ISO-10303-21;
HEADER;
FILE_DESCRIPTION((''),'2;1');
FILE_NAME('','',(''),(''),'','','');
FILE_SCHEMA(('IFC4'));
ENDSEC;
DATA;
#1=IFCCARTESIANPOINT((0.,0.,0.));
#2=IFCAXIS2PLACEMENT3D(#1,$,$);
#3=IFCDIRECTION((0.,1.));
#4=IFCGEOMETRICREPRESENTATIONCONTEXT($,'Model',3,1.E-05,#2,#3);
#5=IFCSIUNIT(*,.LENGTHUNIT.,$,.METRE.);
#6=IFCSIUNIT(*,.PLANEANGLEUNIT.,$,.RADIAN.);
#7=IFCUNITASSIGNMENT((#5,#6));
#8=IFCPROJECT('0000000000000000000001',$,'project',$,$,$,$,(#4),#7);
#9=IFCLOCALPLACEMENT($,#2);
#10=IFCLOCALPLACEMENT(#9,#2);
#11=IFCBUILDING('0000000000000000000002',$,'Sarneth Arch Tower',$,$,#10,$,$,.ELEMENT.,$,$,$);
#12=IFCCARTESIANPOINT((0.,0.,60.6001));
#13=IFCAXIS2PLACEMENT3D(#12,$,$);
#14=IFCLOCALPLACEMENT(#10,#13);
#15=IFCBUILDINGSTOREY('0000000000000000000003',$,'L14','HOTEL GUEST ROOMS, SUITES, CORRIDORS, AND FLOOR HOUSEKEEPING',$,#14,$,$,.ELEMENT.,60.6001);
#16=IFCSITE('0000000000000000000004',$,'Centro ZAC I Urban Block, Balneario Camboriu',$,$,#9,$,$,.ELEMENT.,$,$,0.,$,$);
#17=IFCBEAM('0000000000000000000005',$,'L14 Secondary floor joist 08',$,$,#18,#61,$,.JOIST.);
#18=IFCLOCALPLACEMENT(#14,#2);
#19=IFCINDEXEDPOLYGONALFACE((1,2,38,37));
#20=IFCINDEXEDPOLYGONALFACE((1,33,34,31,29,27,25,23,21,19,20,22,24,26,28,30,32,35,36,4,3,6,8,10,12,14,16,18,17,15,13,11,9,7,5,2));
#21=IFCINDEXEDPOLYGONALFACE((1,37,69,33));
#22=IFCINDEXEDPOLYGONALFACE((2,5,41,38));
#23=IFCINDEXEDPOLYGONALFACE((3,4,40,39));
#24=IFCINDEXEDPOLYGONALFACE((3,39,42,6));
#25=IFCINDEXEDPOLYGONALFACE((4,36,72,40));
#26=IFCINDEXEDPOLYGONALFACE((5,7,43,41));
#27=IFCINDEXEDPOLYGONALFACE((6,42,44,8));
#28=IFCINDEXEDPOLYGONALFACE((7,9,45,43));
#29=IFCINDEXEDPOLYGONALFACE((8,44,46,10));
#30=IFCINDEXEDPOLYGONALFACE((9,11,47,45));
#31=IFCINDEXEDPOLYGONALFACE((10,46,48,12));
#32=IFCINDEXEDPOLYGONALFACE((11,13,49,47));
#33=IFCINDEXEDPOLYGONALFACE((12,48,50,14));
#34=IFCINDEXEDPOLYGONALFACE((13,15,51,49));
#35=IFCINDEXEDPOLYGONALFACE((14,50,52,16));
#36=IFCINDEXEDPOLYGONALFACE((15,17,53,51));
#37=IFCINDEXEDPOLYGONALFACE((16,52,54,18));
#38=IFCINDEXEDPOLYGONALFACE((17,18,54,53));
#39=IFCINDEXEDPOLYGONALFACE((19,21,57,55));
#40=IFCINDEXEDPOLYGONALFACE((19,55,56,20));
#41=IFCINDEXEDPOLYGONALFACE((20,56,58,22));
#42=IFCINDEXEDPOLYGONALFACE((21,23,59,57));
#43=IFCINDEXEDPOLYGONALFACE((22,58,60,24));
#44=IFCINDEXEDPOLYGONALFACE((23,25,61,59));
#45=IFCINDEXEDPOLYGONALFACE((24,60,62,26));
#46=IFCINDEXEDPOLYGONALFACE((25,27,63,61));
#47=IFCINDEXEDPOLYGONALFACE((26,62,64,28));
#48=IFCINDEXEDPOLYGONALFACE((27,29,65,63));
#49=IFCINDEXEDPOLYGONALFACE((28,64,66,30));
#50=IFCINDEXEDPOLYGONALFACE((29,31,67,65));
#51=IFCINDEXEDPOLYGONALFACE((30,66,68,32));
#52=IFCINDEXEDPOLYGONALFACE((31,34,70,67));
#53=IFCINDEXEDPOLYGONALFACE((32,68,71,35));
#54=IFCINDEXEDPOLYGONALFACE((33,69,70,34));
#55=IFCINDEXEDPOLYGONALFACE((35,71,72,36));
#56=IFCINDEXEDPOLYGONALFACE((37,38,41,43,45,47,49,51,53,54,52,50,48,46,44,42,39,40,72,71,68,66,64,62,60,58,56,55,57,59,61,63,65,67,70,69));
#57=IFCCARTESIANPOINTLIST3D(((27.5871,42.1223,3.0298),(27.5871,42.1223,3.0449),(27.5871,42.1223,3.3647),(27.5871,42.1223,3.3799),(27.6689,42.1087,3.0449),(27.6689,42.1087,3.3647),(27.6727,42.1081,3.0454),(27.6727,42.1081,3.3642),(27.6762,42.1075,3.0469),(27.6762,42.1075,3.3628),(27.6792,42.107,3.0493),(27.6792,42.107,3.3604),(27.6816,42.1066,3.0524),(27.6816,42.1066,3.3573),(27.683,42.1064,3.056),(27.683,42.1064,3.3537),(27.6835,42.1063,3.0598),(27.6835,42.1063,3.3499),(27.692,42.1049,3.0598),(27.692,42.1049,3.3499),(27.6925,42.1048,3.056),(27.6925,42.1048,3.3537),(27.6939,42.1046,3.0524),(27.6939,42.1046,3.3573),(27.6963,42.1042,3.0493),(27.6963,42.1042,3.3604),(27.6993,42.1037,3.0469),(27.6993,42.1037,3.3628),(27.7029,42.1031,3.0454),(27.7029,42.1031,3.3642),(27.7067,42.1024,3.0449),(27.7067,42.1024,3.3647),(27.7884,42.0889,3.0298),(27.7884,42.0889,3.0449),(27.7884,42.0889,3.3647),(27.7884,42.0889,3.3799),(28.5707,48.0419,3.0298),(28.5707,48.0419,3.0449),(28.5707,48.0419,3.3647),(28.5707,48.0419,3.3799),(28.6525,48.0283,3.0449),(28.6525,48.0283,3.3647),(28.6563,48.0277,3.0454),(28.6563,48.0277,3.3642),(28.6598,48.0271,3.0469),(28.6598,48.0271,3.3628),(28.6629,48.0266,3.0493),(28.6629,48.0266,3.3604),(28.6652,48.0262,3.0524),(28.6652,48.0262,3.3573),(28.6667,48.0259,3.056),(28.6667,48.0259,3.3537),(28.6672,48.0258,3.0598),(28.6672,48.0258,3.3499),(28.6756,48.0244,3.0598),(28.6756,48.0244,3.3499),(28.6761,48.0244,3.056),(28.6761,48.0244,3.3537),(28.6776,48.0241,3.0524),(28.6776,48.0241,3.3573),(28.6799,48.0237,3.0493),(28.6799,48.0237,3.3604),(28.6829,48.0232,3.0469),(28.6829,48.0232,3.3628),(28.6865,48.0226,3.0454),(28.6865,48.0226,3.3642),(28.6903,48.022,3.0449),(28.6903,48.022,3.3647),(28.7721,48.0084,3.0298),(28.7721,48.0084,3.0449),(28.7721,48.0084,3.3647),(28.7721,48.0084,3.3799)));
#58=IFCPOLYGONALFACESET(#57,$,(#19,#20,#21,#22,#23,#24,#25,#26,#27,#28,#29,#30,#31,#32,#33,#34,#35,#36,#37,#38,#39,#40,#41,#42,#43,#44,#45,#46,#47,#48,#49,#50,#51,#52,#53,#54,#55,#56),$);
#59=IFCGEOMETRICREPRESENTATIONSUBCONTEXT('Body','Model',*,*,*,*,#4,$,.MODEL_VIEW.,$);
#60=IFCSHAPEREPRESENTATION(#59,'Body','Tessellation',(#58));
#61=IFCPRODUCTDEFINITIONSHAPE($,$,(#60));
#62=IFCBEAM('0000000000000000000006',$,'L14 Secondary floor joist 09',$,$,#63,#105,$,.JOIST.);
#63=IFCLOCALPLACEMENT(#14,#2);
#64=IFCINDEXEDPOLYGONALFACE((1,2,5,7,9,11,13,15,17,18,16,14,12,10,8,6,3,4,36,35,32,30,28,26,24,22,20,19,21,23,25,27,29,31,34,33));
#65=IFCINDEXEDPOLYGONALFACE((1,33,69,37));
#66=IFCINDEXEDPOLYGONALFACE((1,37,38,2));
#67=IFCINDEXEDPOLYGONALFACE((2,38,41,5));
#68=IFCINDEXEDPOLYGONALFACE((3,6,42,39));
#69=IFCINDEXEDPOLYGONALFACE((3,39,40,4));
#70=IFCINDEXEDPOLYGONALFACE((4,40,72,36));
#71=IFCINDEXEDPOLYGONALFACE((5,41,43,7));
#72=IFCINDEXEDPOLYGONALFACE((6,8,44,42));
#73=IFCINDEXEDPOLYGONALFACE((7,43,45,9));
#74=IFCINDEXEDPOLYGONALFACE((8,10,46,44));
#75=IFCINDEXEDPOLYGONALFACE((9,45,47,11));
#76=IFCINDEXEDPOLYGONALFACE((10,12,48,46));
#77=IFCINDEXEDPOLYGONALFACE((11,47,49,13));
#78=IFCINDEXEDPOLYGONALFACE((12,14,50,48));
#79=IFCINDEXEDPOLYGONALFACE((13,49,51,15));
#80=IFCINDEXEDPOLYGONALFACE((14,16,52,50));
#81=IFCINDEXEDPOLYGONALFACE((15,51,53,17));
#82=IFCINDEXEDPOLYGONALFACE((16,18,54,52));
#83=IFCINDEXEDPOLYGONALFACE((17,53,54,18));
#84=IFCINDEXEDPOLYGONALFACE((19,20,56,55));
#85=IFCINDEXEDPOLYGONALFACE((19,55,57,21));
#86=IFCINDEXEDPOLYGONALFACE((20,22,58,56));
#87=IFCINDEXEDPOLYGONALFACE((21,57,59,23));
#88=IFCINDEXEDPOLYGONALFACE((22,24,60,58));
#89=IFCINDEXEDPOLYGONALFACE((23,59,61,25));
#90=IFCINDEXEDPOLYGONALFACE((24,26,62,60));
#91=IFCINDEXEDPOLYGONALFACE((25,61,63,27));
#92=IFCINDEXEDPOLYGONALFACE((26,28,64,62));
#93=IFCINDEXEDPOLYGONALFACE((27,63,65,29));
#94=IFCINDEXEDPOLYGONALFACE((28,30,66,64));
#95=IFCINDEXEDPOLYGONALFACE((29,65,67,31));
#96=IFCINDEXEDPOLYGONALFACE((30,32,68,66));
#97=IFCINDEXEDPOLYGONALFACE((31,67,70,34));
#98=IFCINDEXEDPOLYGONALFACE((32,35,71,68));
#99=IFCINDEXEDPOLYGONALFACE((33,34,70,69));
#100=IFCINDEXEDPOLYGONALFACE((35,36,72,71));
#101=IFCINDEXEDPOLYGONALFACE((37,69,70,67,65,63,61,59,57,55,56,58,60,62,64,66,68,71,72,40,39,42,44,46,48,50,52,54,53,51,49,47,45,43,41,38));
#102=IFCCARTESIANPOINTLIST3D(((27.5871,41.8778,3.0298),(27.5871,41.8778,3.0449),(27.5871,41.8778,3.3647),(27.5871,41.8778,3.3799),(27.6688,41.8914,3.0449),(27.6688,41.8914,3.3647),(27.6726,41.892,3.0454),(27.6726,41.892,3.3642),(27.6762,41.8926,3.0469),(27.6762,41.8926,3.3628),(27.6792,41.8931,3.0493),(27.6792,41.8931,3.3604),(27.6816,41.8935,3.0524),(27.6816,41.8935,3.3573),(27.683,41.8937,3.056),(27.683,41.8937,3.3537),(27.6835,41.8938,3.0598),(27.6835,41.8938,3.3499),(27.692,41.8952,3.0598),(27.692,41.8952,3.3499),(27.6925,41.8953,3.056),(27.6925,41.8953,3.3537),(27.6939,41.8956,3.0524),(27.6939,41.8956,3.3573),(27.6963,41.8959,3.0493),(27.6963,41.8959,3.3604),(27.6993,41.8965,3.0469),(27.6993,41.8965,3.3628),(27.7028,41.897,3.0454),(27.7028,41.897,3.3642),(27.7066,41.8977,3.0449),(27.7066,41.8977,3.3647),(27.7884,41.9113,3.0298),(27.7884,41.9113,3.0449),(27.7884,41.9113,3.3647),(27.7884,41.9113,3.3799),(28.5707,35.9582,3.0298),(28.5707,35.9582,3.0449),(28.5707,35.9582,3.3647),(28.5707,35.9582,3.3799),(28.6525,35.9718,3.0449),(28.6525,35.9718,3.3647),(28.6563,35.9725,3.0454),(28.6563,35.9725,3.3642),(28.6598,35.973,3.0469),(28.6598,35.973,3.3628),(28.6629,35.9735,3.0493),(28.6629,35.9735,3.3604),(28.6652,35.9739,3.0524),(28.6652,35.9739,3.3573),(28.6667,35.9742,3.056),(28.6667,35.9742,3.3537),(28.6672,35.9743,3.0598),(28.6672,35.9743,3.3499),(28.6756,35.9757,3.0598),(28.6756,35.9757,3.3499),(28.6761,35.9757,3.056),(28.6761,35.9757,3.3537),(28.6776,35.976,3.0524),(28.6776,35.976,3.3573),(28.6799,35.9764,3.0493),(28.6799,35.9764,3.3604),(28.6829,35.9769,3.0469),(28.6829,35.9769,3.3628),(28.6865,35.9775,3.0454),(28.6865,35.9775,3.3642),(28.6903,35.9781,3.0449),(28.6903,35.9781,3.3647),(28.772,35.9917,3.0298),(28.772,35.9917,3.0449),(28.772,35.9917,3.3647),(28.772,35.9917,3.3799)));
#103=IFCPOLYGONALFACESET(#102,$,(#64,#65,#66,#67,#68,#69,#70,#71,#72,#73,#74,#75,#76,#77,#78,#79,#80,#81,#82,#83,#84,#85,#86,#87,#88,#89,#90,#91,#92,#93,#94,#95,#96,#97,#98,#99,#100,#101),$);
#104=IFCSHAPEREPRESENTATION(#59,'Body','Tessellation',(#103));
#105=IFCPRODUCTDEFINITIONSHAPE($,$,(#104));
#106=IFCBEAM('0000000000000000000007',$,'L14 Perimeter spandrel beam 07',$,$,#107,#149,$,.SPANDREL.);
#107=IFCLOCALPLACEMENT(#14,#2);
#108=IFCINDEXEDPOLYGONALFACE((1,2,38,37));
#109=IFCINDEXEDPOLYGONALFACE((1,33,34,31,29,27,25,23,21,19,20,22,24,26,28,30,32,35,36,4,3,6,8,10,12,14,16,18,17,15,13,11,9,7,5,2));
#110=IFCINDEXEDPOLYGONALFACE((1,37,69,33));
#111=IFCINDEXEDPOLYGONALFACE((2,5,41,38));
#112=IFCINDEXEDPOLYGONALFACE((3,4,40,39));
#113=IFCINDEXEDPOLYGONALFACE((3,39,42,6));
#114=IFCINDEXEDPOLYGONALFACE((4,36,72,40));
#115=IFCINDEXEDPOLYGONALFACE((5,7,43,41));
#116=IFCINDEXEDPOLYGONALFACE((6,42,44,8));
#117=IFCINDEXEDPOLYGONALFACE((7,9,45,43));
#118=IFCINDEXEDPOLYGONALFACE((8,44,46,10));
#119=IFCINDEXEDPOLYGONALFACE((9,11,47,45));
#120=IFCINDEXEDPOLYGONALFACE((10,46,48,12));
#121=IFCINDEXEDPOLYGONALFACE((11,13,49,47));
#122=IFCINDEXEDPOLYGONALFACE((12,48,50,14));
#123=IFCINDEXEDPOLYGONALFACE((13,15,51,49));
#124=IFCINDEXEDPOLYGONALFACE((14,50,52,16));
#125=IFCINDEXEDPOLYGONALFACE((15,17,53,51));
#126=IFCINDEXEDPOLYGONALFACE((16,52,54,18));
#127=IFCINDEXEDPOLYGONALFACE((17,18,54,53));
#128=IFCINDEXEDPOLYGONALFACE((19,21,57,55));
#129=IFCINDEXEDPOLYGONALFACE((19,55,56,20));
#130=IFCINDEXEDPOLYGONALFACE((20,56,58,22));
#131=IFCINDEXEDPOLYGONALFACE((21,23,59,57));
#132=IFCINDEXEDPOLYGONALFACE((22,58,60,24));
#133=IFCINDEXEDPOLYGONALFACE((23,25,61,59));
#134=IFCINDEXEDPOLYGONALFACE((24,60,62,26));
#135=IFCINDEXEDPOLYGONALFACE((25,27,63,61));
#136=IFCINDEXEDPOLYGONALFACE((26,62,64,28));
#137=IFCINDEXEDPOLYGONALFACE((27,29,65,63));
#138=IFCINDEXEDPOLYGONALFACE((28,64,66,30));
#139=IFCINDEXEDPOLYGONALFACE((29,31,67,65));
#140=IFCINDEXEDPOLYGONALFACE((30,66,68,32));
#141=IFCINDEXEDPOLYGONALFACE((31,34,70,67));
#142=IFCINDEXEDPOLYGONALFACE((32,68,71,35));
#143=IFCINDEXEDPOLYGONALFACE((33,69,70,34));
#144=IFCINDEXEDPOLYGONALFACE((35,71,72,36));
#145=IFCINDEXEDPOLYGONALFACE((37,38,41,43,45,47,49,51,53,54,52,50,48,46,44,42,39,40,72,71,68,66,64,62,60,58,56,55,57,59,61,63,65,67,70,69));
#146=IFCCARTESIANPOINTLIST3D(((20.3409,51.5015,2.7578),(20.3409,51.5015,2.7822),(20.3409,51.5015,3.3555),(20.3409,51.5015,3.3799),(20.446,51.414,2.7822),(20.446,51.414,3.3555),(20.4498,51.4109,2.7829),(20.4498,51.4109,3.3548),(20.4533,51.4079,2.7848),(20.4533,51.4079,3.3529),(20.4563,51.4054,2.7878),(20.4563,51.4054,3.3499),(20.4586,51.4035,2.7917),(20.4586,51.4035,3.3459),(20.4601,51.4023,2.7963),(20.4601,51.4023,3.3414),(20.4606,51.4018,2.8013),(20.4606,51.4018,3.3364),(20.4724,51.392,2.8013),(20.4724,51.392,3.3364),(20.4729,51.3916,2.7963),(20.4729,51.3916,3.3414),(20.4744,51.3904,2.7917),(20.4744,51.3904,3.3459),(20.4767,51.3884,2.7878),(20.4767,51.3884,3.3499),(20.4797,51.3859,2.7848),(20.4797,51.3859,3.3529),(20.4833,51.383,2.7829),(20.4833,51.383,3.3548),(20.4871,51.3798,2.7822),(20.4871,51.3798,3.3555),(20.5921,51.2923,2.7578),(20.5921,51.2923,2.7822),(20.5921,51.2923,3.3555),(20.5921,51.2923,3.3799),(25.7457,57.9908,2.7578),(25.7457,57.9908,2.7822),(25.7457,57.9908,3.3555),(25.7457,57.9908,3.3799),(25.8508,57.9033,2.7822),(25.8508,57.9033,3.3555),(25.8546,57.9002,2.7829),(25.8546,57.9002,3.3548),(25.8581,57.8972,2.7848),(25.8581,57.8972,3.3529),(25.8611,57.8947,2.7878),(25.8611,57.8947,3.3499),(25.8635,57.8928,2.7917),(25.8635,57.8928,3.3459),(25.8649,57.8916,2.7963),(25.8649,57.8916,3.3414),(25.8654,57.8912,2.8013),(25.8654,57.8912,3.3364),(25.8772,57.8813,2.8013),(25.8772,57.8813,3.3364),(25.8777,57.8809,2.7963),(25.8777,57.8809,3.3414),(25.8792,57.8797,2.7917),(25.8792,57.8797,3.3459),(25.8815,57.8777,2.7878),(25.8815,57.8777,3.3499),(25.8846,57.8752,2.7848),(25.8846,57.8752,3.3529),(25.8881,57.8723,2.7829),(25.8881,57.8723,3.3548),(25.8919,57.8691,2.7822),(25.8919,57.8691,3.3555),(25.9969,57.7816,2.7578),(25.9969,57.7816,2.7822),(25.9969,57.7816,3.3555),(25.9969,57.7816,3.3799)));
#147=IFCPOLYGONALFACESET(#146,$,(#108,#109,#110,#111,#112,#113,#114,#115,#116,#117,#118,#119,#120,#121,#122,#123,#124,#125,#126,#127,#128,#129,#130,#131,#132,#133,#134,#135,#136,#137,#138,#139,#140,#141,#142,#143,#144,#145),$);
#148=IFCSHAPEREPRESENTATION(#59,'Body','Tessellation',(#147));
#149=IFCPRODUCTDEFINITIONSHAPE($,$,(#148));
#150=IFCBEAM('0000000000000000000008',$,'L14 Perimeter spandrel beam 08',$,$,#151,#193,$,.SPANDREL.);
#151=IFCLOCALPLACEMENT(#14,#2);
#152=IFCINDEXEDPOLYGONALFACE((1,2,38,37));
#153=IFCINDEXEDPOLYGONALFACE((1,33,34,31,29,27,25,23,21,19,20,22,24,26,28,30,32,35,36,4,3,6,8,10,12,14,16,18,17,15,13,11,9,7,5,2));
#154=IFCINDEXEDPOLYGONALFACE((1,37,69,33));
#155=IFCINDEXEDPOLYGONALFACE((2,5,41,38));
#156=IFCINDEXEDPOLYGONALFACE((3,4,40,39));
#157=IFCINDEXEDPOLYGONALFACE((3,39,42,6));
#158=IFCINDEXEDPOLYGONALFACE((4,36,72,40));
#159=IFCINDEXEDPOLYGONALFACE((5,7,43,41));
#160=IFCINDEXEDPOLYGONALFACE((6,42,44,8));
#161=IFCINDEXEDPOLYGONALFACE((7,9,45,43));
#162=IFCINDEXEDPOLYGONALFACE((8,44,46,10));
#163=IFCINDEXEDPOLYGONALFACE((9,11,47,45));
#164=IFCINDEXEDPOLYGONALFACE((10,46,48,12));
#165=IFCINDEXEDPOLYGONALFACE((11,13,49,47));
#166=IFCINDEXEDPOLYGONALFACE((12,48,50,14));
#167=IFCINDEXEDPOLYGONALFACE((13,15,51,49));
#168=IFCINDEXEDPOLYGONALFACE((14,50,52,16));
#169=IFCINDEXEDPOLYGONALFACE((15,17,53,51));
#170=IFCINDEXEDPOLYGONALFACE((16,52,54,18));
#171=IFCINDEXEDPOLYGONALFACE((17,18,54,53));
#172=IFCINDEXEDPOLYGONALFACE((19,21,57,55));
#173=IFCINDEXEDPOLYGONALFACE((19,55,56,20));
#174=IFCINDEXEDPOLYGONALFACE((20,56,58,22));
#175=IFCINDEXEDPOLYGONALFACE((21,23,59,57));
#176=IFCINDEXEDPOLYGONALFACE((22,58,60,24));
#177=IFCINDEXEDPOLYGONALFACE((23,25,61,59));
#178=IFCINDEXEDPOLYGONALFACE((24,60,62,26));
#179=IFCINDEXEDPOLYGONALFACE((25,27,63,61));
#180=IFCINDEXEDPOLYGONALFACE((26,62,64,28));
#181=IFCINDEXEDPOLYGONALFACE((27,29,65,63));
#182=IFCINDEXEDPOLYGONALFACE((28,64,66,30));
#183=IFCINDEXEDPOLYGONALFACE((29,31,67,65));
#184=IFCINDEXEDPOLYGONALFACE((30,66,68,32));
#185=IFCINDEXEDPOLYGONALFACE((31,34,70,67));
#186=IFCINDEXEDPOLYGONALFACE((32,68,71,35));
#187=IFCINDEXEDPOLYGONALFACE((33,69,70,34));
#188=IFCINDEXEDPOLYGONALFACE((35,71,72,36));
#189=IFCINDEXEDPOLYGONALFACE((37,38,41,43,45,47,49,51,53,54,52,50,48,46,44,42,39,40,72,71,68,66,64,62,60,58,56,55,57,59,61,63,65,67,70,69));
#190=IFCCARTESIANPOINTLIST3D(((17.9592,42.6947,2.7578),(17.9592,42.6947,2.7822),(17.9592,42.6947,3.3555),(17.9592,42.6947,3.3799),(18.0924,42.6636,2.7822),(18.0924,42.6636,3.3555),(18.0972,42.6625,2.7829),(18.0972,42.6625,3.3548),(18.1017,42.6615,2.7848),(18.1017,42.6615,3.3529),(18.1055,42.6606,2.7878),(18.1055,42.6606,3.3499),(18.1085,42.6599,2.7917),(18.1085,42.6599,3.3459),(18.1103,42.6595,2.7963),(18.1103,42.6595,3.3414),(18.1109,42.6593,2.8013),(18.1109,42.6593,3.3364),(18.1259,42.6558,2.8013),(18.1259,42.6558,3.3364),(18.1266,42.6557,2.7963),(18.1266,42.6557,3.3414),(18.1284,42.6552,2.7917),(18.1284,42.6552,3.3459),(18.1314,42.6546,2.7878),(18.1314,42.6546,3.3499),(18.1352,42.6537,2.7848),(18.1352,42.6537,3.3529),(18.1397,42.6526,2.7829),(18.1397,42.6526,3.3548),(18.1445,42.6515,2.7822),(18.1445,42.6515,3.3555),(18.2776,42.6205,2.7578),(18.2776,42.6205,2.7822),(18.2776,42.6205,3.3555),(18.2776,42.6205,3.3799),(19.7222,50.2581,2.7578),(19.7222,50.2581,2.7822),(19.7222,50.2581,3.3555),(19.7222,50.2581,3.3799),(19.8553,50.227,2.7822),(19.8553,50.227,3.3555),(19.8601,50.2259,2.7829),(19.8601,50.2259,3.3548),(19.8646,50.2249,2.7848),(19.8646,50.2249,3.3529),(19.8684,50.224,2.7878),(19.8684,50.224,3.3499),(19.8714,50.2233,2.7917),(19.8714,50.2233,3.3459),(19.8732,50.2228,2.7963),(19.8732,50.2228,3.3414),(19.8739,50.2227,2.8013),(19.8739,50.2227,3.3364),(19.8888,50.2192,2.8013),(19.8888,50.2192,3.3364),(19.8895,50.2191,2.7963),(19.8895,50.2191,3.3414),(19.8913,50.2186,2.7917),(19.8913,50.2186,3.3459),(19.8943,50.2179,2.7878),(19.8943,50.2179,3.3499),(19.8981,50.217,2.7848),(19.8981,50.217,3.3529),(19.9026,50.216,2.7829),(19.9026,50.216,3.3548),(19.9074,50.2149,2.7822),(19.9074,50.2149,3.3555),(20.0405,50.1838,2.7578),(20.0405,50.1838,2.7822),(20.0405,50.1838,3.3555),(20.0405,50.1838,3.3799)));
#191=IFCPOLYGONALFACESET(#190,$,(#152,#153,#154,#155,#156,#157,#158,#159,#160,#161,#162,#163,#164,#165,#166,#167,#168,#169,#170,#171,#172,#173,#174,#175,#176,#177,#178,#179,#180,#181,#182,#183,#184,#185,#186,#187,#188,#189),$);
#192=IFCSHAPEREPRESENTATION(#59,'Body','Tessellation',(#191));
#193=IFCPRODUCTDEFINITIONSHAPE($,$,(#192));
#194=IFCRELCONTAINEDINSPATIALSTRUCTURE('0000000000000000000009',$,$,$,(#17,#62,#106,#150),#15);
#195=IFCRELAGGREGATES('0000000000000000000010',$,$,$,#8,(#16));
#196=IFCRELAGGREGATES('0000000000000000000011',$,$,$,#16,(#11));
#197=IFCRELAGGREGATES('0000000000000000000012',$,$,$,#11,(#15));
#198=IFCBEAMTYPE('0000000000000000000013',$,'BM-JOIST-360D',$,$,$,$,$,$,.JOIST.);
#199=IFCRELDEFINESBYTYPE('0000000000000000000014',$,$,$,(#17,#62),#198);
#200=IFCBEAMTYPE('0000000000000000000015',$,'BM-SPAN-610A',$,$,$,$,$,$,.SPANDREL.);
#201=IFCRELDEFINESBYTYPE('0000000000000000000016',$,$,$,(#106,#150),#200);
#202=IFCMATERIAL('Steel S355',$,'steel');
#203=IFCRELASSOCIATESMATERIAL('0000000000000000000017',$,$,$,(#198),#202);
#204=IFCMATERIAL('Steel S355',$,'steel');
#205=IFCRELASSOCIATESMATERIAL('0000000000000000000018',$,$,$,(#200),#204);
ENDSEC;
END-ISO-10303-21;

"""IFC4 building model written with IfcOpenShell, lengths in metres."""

from ifc_helpers import new_model, si_unit, direction, frame, origin, origin_2d, place, context, subcontext, project, spatial, i_section, extrude, material, material_profile, profile_set, type_object, element, save


model = new_model("IFC4")

# Units and contexts
model_context = context("Model", 3, precision=1e-05, world=origin(), true_north=direction((0.0, 1.0)))
body_context = subcontext(model_context, "Body", "Model", "MODEL_VIEW")
ifc_project = project(units=[si_unit("LENGTHUNIT", "METRE"), si_unit("PLANEANGLEUNIT", "RADIAN")], contexts=[model_context])

# Site, building, storey
site_placement = place(None, origin())
site = spatial("IfcSite", under=ifc_project, at=site_placement, Name="Centro ZAC I Urban Block, Balneario Camboriu", CompositionType="ELEMENT", RefElevation=0.0)
building_placement = place(site_placement, origin())
building = spatial("IfcBuilding", under=site, at=building_placement, Name="Sarneth Arch Tower", CompositionType="ELEMENT")
storey_placement = place(building_placement, frame((0.0, 0.0, 60.6001)))
storey = spatial("IfcBuildingStorey", under=building, at=storey_placement, Name="L14", Description="HOTEL GUEST ROOMS, SUITES, CORRIDORS, AND FLOOR HOUSEKEEPING", CompositionType="ELEMENT", Elevation=60.6001)

# Beams
ifc_material_1 = material(Name="Steel S355", Category="steel")
ifc_material_profile_1 = material_profile(ifc_material_1, i_section(OverallWidth=0.2041, OverallDepth=0.3501, WebThickness=0.0085, FlangeThickness=0.0151, FilletRadius=0.0149, at=origin_2d()), Name="W360x72")
ifc_profile_set_1 = profile_set([ifc_material_profile_1], Name="Steel S355")
beam_type_1 = type_object("IfcBeamType", Name="BM-JOIST-360D", PredefinedType="JOIST", material=ifc_profile_set_1)
for number, where, z_axis, x_axis, name in (
    (1, (28.6714, 48.0251, 3.2048), (-0.163917, -0.986474, 0.0), (0.986474, -0.163917, 0.0), "L14 Secondary floor joist 08"),
    (2, (27.6877, 41.8945, 3.2048), (0.163917, -0.986474, 0.0), (0.986474, 0.163917, 0.0), "L14 Secondary floor joist 09"),
):
    element("IfcBeam", number, at=place(storey_placement, frame(where, z_axis=z_axis, x_axis=x_axis)), inside=storey, type_object=beam_type_1, Name=name, PredefinedType="JOIST", context=body_context, shape_type="SweptSolid", body=[
        extrude(i_section(OverallWidth=0.2041, OverallDepth=0.3501, WebThickness=0.0085, FlangeThickness=0.0151, FilletRadius=0.0149, at=origin_2d()), origin(), (0.0, 0.0, 1.0), 6.0007),
    ])
ifc_material_2 = material(Name="Steel S355", Category="steel")
ifc_material_profile_2 = material_profile(ifc_material_2, i_section(OverallWidth=0.3269, OverallDepth=0.6221, WebThickness=0.0154, FlangeThickness=0.0244, FilletRadius=0.019, at=origin_2d()), Name="W610x195")
ifc_profile_set_2 = profile_set([ifc_material_profile_2], Name="Steel S355")
beam_type_2 = type_object("IfcBeamType", Name="BM-SPAN-610A", PredefinedType="SPANDREL", material=ifc_profile_set_2)
beam_1_placement = place(storey_placement, frame((25.8713, 57.8862, 3.0688), z_axis=(-0.63998, -0.768392, 0.0), x_axis=(0.768392, -0.63998, 0.0)))
element("IfcBeam", 3, at=beam_1_placement, inside=storey, type_object=beam_type_2, Name="L14 Perimeter spandrel beam 07", PredefinedType="SPANDREL", context=body_context, shape_type="SweptSolid", body=[
    extrude(i_section(OverallWidth=0.3269, OverallDepth=0.6221, WebThickness=0.0154, FlangeThickness=0.0244, FilletRadius=0.019, at=origin_2d()), origin(), (0.0, 0.0, 1.0), 8.4453),
])
beam_2_placement = place(storey_placement, frame((19.8813, 50.2209, 3.0688), z_axis=(-0.227001, -0.973895, 0.0), x_axis=(0.973895, -0.227001, 0.0)))
element("IfcBeam", 4, at=beam_2_placement, inside=storey, type_object=beam_type_2, Name="L14 Perimeter spandrel beam 08", PredefinedType="SPANDREL", context=body_context, shape_type="SweptSolid", body=[
    extrude(i_section(OverallWidth=0.3269, OverallDepth=0.6221, WebThickness=0.0154, FlangeThickness=0.0244, FilletRadius=0.019, at=origin_2d()), origin(), (0.0, 0.0, 1.0), 7.7661),
])

save(model, "model.ifc")
